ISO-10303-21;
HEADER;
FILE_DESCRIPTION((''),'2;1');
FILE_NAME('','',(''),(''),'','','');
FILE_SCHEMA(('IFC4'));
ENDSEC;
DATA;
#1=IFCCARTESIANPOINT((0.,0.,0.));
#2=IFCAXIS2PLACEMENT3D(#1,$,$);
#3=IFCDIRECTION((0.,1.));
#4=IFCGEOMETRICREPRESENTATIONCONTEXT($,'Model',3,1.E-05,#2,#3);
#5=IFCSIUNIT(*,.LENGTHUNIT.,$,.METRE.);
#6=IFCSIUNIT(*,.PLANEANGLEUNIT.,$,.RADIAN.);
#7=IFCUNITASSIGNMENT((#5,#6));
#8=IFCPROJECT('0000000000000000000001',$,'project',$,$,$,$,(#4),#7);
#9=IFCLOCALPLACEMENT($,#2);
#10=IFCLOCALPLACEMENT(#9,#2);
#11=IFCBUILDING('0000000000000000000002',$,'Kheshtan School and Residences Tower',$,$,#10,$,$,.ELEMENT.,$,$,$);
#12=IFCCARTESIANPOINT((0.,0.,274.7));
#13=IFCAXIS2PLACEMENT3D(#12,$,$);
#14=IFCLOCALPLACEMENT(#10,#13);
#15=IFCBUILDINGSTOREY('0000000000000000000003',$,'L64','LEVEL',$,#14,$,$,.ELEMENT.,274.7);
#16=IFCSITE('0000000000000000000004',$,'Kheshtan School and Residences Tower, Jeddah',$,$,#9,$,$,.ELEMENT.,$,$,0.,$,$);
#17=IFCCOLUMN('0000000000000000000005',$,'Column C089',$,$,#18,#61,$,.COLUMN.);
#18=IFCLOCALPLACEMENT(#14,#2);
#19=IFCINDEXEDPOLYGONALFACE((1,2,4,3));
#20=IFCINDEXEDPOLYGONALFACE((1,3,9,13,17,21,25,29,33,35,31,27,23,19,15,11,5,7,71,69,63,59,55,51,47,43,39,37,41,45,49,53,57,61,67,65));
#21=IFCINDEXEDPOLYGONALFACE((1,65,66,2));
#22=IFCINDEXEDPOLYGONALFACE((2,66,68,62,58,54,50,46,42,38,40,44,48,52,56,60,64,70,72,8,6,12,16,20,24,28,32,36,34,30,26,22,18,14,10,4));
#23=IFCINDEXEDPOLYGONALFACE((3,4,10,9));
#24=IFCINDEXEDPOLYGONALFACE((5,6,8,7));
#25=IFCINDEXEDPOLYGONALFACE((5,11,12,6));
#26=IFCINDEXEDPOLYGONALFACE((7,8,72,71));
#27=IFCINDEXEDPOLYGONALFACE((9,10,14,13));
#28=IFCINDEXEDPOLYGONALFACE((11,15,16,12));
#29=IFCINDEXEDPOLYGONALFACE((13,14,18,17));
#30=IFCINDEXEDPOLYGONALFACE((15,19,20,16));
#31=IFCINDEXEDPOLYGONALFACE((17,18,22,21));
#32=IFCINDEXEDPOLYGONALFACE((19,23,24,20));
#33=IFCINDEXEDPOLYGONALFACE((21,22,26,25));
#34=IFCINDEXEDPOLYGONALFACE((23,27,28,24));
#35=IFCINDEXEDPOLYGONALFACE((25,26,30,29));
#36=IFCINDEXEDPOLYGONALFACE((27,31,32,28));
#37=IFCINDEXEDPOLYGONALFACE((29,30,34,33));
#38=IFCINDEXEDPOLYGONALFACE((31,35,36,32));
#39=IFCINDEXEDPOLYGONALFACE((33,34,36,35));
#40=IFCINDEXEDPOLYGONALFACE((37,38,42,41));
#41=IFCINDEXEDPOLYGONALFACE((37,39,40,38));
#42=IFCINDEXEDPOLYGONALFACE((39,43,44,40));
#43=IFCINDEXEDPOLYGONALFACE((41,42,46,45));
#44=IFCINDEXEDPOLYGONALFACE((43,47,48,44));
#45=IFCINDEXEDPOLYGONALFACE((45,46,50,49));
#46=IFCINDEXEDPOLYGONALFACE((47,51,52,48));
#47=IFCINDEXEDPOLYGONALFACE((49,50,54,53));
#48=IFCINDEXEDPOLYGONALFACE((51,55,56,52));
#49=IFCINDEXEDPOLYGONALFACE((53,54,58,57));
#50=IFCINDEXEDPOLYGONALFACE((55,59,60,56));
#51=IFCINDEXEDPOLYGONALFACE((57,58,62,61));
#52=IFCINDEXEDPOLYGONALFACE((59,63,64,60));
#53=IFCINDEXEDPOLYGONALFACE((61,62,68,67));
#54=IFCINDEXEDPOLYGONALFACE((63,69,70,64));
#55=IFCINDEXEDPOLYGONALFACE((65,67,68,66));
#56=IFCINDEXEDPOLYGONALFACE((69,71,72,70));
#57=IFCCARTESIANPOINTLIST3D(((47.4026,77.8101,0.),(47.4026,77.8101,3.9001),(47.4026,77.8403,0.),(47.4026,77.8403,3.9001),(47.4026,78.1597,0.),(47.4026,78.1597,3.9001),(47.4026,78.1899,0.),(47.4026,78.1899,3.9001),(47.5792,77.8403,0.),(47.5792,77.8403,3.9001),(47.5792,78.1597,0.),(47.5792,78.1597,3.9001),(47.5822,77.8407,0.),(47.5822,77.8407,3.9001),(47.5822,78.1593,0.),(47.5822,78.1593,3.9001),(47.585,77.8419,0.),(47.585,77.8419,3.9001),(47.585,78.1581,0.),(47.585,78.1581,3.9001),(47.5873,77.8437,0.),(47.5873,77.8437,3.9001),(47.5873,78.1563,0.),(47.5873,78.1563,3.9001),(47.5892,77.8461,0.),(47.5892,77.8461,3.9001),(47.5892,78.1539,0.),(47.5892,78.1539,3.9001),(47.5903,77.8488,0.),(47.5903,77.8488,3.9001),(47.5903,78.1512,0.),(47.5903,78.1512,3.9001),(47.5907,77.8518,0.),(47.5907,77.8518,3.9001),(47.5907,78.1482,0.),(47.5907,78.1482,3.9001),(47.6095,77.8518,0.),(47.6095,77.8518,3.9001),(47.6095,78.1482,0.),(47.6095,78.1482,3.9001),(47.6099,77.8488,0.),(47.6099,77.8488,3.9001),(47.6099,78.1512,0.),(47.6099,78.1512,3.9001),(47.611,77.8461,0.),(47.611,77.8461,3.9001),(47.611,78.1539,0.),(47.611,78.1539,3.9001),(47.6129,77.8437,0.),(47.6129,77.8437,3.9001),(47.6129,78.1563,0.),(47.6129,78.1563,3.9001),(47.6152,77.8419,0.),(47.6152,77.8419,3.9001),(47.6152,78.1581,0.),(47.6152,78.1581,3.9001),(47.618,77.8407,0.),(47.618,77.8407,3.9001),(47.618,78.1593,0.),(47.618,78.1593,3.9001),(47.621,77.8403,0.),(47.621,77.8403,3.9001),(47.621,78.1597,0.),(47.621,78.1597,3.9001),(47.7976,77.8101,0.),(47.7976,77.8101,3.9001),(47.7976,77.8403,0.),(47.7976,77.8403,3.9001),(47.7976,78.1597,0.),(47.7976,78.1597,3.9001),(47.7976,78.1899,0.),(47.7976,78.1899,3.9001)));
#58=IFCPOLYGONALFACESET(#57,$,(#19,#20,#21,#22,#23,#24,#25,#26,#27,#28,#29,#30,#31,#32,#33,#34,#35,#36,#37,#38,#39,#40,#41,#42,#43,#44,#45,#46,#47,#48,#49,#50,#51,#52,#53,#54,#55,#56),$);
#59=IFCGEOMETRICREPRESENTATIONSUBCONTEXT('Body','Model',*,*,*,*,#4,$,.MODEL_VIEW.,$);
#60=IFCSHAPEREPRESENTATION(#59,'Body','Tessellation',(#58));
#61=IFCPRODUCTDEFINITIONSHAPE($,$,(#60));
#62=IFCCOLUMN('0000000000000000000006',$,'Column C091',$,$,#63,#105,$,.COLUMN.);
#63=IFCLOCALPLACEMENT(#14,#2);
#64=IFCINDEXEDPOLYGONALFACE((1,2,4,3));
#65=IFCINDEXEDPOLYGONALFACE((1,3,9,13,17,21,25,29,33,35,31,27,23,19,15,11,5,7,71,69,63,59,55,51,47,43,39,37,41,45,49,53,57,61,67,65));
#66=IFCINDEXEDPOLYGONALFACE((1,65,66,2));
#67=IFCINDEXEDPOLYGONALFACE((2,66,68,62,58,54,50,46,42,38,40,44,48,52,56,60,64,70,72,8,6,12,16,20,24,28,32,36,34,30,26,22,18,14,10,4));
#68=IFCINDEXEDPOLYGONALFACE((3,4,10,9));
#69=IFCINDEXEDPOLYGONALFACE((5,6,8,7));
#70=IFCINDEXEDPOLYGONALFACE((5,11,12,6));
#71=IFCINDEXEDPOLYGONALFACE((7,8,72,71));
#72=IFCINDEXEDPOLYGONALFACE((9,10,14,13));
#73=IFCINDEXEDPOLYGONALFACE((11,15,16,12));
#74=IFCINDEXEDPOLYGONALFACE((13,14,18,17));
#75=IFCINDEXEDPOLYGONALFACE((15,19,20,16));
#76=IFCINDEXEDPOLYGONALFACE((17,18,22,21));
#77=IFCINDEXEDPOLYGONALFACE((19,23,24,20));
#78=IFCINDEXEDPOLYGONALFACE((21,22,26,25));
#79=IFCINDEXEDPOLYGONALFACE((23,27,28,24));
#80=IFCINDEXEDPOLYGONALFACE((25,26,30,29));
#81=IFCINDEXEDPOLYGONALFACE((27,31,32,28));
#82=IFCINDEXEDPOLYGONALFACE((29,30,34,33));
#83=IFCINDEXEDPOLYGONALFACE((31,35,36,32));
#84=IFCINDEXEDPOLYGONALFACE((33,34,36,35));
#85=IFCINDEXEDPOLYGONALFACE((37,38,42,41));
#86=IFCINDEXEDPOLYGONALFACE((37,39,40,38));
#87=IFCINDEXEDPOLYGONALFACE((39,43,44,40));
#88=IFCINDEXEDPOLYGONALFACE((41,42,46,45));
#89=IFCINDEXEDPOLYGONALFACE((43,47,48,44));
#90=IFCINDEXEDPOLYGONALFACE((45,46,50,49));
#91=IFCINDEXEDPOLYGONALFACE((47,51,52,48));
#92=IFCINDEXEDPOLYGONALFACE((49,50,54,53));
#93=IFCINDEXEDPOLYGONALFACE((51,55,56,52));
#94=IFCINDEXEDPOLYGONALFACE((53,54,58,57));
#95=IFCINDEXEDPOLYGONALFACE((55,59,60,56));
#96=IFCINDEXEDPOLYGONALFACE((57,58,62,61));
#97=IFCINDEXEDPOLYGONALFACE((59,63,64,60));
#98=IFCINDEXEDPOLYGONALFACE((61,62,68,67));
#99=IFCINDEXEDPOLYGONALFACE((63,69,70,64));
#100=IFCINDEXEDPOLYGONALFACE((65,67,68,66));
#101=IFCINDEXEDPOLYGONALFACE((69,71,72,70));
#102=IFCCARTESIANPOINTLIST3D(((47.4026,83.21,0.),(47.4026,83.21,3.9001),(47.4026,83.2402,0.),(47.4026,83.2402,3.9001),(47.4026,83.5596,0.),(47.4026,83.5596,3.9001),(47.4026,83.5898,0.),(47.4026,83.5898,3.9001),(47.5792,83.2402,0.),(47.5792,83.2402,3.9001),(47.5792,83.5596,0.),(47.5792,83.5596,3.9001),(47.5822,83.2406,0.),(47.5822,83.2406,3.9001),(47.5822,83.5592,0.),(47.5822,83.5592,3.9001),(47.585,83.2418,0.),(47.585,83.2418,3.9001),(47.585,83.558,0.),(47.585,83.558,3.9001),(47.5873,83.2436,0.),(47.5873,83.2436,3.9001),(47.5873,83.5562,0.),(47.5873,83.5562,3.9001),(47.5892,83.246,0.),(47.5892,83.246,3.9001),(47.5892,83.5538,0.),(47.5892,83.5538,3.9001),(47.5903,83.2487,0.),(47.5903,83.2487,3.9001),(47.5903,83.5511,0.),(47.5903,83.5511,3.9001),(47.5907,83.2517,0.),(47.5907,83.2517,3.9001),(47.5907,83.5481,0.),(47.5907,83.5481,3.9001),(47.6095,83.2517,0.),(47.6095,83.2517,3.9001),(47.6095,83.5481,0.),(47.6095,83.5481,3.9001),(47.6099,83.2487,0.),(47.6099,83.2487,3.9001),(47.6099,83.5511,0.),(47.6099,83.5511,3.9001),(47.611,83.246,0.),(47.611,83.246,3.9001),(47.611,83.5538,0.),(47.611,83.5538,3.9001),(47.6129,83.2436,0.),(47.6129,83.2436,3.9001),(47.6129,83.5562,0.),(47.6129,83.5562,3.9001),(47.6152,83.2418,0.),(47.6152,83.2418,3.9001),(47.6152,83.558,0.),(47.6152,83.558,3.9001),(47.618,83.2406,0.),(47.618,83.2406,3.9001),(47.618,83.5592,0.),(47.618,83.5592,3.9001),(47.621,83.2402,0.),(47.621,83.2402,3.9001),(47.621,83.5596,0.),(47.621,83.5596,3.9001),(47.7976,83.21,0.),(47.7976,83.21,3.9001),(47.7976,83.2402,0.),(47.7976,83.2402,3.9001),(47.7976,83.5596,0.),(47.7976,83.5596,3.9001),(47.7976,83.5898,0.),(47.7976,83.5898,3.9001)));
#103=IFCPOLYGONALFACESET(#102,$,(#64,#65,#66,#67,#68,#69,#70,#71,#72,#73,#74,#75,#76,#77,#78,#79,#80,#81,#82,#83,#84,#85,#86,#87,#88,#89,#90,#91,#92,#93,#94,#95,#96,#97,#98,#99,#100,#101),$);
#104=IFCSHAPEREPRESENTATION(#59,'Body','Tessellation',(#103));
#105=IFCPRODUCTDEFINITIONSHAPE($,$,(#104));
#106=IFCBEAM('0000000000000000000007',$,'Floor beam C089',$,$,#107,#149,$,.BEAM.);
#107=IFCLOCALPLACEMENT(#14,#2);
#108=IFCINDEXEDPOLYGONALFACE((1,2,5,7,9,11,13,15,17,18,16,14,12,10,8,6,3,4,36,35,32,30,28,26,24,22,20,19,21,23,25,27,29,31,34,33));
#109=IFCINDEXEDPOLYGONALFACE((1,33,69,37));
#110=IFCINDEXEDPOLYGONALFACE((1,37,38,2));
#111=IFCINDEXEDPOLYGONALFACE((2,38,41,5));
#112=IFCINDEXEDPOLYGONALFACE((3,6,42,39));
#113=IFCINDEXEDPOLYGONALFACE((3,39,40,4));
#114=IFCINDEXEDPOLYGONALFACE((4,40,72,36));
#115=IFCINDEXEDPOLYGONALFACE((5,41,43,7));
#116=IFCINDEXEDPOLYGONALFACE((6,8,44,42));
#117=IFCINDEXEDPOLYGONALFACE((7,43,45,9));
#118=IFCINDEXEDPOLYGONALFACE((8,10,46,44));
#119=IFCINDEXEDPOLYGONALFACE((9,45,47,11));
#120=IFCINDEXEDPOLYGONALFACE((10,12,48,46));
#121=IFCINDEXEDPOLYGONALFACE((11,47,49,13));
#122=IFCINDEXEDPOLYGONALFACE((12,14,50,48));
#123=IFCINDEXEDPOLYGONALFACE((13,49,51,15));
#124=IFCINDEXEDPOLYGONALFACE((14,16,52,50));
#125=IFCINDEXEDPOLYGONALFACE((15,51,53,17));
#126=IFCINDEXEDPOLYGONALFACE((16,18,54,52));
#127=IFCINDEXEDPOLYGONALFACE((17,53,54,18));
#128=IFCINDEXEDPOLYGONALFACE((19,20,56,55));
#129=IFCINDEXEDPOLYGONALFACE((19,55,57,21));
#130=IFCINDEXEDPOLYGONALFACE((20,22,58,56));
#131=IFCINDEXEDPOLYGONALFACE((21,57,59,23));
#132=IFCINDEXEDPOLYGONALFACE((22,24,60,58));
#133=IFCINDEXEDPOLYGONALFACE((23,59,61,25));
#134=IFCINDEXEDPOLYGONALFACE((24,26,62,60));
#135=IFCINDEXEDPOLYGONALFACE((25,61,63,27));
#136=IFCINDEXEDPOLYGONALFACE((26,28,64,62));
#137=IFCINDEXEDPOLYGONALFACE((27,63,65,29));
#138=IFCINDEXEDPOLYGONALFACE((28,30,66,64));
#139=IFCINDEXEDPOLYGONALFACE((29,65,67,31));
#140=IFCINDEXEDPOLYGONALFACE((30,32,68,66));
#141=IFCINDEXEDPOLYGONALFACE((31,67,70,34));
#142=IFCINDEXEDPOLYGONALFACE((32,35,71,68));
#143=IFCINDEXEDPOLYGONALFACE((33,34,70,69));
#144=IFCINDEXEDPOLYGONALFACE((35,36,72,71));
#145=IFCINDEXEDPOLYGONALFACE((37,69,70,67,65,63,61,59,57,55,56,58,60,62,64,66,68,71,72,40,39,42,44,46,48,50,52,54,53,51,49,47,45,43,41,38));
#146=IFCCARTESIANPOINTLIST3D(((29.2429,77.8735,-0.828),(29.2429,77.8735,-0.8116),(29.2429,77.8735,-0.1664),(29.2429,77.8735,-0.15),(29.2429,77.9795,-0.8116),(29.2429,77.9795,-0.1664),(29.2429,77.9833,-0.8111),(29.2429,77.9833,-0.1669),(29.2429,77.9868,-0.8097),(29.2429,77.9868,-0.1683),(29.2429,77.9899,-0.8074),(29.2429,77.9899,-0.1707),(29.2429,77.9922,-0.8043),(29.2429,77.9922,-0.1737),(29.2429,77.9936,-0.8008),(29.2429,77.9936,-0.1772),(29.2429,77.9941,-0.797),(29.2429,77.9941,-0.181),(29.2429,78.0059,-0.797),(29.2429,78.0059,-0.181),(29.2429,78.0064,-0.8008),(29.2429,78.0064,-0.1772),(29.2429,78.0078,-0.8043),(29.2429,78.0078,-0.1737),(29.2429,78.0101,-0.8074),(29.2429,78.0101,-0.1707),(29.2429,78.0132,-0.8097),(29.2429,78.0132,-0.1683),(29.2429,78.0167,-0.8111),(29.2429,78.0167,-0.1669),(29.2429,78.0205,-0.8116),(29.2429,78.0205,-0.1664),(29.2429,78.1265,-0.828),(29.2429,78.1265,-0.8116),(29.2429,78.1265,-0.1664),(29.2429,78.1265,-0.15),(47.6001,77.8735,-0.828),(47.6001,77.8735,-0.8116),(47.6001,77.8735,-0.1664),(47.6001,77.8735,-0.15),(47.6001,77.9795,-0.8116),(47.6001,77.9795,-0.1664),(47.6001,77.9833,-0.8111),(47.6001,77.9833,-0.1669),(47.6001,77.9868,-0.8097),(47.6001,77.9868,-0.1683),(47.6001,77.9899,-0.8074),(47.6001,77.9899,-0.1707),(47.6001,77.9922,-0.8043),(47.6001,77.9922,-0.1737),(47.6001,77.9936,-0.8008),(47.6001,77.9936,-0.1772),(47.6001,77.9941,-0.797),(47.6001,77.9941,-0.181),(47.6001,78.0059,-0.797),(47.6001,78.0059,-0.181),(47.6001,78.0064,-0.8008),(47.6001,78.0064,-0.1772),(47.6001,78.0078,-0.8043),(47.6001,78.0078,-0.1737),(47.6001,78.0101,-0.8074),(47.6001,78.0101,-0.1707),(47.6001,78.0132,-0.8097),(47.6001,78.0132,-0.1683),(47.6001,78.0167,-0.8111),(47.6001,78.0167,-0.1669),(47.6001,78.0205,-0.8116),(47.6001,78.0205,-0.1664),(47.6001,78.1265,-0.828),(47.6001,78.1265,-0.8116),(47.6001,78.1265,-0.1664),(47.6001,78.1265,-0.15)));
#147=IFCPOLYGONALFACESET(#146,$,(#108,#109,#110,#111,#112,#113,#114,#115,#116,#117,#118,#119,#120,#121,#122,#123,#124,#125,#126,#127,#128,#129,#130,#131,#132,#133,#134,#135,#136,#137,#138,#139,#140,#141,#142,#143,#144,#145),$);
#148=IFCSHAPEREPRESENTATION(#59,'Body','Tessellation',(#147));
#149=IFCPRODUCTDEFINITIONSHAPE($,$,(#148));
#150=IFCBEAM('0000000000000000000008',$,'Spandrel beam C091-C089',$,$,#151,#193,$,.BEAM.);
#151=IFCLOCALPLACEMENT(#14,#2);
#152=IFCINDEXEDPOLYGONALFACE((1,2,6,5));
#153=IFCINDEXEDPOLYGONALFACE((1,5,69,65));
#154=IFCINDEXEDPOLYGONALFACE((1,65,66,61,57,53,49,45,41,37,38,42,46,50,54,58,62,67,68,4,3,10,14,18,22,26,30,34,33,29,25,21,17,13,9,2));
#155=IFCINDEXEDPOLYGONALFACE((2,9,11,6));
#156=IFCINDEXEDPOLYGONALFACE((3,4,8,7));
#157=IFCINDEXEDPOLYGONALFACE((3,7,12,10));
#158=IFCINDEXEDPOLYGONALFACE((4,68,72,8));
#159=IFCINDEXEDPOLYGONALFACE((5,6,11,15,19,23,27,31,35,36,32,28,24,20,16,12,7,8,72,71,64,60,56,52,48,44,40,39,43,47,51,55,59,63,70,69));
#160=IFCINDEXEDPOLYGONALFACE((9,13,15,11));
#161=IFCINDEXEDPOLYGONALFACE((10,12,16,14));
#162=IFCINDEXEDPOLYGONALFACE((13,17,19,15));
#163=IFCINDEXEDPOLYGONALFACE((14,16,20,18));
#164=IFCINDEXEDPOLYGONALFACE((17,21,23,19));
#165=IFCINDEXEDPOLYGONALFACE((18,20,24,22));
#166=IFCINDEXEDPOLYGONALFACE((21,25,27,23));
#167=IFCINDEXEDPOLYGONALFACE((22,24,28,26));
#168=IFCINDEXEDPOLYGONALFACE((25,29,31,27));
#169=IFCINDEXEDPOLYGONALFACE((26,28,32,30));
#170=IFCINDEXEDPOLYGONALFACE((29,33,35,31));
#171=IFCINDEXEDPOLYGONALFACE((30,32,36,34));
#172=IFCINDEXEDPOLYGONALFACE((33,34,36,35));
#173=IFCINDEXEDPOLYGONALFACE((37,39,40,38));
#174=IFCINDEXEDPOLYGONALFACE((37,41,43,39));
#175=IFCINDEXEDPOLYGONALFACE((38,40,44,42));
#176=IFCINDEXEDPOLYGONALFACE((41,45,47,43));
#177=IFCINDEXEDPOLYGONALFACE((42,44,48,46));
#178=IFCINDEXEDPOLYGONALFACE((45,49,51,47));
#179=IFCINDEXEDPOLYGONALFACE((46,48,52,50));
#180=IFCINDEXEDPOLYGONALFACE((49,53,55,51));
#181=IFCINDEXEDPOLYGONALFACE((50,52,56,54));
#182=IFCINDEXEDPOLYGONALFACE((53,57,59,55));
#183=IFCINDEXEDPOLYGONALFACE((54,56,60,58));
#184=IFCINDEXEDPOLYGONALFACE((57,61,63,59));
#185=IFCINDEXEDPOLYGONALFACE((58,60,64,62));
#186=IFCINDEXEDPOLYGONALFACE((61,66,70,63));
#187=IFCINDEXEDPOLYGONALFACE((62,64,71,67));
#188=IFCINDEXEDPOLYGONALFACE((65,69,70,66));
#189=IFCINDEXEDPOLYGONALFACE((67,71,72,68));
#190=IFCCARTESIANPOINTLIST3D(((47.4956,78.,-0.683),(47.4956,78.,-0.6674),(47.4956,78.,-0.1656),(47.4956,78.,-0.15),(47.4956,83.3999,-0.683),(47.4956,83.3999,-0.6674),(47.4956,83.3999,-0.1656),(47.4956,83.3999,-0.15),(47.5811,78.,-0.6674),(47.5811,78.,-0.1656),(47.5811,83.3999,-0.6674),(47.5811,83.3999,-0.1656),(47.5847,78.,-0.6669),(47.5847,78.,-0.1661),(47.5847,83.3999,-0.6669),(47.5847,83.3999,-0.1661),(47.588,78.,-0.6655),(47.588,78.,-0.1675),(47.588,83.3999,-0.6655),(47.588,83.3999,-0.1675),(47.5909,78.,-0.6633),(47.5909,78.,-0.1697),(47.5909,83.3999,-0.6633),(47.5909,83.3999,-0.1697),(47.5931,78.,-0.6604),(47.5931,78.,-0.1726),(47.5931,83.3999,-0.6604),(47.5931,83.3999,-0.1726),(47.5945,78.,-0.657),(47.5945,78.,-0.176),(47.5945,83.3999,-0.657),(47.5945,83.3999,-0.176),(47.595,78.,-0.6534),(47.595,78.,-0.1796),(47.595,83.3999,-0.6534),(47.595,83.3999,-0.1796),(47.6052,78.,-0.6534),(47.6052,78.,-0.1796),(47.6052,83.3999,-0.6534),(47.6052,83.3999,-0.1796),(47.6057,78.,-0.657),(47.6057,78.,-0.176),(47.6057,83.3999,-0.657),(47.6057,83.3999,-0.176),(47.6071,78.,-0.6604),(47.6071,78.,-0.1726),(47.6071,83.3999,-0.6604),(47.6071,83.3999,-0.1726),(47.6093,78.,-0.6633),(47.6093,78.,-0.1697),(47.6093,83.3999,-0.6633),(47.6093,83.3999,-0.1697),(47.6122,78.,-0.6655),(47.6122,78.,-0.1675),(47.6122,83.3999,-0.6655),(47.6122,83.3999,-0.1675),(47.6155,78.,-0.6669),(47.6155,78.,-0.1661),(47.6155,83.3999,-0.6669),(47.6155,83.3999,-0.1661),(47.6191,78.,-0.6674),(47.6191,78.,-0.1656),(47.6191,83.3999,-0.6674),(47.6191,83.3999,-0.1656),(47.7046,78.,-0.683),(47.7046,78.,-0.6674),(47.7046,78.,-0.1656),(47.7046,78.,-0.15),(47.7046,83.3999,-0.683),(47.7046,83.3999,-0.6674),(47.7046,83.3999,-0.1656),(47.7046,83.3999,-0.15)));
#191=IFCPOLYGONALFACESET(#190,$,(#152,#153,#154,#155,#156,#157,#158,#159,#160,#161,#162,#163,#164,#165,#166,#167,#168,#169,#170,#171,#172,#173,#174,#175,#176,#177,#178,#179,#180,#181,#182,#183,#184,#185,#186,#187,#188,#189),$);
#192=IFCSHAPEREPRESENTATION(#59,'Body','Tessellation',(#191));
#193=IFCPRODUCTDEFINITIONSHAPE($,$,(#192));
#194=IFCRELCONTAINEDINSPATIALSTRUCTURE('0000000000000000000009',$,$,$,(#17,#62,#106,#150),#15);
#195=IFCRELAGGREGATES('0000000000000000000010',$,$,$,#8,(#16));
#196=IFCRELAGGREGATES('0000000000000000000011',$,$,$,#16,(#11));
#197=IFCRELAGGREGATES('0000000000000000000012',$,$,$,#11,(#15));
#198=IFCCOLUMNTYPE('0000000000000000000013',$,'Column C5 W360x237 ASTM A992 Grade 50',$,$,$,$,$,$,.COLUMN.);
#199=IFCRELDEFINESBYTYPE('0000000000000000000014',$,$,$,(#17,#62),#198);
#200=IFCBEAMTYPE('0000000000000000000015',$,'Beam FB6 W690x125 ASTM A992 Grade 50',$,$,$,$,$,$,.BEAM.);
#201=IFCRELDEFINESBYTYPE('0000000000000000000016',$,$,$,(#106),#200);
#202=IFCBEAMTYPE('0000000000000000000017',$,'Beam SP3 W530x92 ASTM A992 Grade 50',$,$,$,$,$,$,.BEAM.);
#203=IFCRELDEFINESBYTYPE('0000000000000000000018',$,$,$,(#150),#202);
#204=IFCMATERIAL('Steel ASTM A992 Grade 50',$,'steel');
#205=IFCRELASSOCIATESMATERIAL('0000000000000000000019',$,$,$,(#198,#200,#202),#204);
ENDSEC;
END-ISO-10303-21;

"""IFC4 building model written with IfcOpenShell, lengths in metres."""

from ifc_helpers import new_model, si_unit, direction, frame, origin, origin_2d, place, context, subcontext, project, spatial, i_section, extrude, material, material_profile, profile_set, type_object, element, save


model = new_model("IFC4")

# Units and contexts
model_context = context("Model", 3, precision=1e-05, world=origin(), true_north=direction((0.0, 1.0)))
body_context = subcontext(model_context, "Body", "Model", "MODEL_VIEW")
ifc_project = project(units=[si_unit("LENGTHUNIT", "METRE"), si_unit("PLANEANGLEUNIT", "RADIAN")], contexts=[model_context])

# Site, building, storey
site_placement = place(None, origin())
site = spatial("IfcSite", under=ifc_project, at=site_placement, Name="Kheshtan School and Residences Tower, Jeddah", CompositionType="ELEMENT", RefElevation=0.0)
building_placement = place(site_placement, origin())
building = spatial("IfcBuilding", under=site, at=building_placement, Name="Kheshtan School and Residences Tower", CompositionType="ELEMENT")
storey_placement = place(building_placement, frame((0.0, 0.0, 274.7)))
storey = spatial("IfcBuildingStorey", under=building, at=storey_placement, Name="L64", Description="LEVEL", CompositionType="ELEMENT", Elevation=274.7)

# Columns
ifc_material_1 = material(Name="Steel ASTM A992 Grade 50", Category="steel")
ifc_material_profile_1 = material_profile(ifc_material_1, i_section(OverallWidth=0.395, OverallDepth=0.3799, WebThickness=0.0188, FlangeThickness=0.0303, FilletRadius=0.0115, at=origin_2d()), Name="W360x237")
ifc_profile_set_1 = profile_set([ifc_material_profile_1], Name="Steel ASTM A992 Grade 50")
column_type = type_object("IfcColumnType", Name="Column C5 W360x237 ASTM A992 Grade 50", PredefinedType="COLUMN", material=ifc_profile_set_1)
for number, where, z_axis, x_axis, name in (
    (1, (47.6001, 78.0, 0.0), (0.0, 0.0, 1.0), (1.0, 0.0, 0.0), "Column C089"),
    (2, (47.6001, 83.3999, 0.0), (0.0, 0.0, 1.0), (1.0, 0.0, 0.0), "Column C091"),
):
    element("IfcColumn", number, at=place(storey_placement, frame(where, z_axis=z_axis, x_axis=x_axis)), inside=storey, type_object=column_type, Name=name, PredefinedType="COLUMN", context=body_context, shape_type="SweptSolid", body=[
        extrude(i_section(OverallWidth=0.395, OverallDepth=0.3799, WebThickness=0.0188, FlangeThickness=0.0303, FilletRadius=0.0115, at=origin_2d()), origin(), (0.0, 0.0, 1.0), 3.9001),
    ])

# Beams
ifc_material_profile_2 = material_profile(ifc_material_1, i_section(OverallWidth=0.2529, OverallDepth=0.678, WebThickness=0.0117, FlangeThickness=0.0164, FilletRadius=0.0146, at=origin_2d()), Name="W690x125")
ifc_profile_set_2 = profile_set([ifc_material_profile_2], Name="Steel ASTM A992 Grade 50")
beam_type_1 = type_object("IfcBeamType", Name="Beam FB6 W690x125 ASTM A992 Grade 50", PredefinedType="BEAM", material=ifc_profile_set_2)
beam_placement = place(storey_placement, frame((47.6001, 78.0, -0.489), z_axis=(-1.0, 0.0, 0.0), x_axis=(0.0, -1.0, 0.0)))
element("IfcBeam", 3, at=beam_placement, inside=storey, type_object=beam_type_1, Name="Floor beam C089", PredefinedType="BEAM", context=body_context, shape_type="SweptSolid", body=[
    extrude(i_section(OverallWidth=0.2529, OverallDepth=0.678, WebThickness=0.0117, FlangeThickness=0.0164, FilletRadius=0.0146, at=origin_2d()), origin(), (0.0, 0.0, 1.0), 18.3572),
])
ifc_material_profile_3 = material_profile(ifc_material_1, i_section(OverallWidth=0.209, OverallDepth=0.533, WebThickness=0.0103, FlangeThickness=0.0156, FilletRadius=0.0139, at=origin_2d()), Name="W530x92")
ifc_profile_set_3 = profile_set([ifc_material_profile_3], Name="Steel ASTM A992 Grade 50")
beam_type_2 = type_object("IfcBeamType", Name="Beam SP3 W530x92 ASTM A992 Grade 50", PredefinedType="BEAM", material=ifc_profile_set_3)
for number, where, z_axis, x_axis, name in (
    (4, (47.6001, 83.3999, -0.4165), (0.0, -1.0, 0.0), (1.0, 0.0, 0.0), "Spandrel beam C091-C089"),
):
    element("IfcBeam", number, at=place(storey_placement, frame(where, z_axis=z_axis, x_axis=x_axis)), inside=storey, type_object=beam_type_2, Name=name, PredefinedType="BEAM", context=body_context, shape_type="SweptSolid", body=[
        extrude(i_section(OverallWidth=0.209, OverallDepth=0.533, WebThickness=0.0103, FlangeThickness=0.0156, FilletRadius=0.0139, at=origin_2d()), origin(), (0.0, 0.0, 1.0), 5.3999),
    ])

save(model, "model.ifc")
